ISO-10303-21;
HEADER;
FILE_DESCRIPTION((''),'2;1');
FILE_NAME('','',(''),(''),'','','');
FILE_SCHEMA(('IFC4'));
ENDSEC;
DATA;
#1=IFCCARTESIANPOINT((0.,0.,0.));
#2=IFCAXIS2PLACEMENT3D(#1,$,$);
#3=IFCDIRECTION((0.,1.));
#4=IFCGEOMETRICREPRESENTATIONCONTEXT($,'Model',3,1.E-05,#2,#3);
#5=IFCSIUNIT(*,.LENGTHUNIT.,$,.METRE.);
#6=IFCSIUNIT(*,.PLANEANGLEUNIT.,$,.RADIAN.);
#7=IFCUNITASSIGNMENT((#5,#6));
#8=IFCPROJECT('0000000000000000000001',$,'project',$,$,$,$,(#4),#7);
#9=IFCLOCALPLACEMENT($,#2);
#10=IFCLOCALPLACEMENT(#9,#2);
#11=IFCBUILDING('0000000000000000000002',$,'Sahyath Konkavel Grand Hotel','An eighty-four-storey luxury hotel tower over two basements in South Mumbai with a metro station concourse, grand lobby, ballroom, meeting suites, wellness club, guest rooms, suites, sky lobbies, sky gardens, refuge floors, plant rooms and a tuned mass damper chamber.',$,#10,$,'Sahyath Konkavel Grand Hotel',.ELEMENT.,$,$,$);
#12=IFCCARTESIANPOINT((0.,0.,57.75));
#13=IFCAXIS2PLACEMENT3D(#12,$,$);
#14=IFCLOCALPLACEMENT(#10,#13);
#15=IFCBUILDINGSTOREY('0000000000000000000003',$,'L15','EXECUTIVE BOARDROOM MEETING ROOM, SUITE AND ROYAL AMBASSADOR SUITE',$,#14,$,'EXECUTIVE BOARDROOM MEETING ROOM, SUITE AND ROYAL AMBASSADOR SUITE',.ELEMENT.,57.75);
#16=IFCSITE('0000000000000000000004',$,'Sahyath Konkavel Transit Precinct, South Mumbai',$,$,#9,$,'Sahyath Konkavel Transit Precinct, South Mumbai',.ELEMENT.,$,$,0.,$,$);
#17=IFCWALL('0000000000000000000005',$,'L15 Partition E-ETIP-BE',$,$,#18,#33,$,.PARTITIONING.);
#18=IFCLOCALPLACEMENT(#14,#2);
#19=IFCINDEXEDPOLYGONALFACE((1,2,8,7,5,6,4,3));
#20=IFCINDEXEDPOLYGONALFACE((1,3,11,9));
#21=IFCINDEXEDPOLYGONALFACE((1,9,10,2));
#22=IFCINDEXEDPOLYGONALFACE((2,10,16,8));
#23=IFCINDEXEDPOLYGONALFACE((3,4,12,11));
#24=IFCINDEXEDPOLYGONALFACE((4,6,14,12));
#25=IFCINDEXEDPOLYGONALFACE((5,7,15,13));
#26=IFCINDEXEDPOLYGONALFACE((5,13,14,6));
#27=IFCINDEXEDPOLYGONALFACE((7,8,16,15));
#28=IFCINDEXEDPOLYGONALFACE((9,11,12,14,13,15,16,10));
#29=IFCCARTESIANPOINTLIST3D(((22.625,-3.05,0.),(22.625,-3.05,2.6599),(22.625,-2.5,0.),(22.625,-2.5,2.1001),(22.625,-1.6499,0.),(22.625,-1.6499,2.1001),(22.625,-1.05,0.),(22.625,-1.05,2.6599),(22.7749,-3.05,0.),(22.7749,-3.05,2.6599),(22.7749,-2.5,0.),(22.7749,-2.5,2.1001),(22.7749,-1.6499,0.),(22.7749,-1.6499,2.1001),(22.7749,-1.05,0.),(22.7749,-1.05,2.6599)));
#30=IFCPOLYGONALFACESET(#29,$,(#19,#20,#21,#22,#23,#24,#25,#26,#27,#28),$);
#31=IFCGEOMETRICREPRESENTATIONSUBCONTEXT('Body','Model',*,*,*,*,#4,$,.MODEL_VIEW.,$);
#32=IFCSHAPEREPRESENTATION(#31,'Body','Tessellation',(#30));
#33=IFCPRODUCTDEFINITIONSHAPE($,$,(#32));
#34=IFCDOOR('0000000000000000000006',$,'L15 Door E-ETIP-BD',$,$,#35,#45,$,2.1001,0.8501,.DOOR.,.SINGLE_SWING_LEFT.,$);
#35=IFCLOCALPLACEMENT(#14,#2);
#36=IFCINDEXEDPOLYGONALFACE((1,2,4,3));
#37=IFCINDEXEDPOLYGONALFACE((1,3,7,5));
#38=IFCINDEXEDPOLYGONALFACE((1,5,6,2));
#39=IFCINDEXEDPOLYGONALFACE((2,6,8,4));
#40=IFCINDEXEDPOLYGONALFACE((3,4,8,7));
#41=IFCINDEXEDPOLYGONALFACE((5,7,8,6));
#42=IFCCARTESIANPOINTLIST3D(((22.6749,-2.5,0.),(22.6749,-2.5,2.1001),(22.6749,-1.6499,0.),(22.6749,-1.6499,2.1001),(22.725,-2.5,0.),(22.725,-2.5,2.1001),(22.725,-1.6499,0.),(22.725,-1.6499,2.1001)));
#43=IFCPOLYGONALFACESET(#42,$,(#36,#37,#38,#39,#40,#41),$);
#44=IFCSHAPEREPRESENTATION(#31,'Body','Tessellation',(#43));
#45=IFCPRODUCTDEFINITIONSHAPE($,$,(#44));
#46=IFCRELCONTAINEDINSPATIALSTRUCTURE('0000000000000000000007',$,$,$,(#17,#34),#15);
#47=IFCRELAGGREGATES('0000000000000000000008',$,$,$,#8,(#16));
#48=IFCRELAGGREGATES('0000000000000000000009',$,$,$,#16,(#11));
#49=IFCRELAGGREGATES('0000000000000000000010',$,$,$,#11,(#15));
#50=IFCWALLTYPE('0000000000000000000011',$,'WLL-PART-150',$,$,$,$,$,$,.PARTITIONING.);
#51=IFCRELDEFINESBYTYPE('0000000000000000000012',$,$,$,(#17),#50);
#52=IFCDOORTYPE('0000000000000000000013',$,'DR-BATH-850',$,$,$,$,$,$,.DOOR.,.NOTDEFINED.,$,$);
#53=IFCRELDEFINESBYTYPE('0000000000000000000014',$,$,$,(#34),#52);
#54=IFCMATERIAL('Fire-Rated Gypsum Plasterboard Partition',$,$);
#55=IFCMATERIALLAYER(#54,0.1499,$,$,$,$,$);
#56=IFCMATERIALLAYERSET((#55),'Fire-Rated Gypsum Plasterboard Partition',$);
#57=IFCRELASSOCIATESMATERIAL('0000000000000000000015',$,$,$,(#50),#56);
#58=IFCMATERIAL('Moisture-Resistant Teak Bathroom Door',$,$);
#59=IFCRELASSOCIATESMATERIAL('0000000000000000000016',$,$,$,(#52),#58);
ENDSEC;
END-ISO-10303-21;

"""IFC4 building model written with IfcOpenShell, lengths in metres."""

from ifc_helpers import new_model, si_unit, direction, frame, frame_2d, origin, origin_2d, place, context, subcontext, project, spatial, rectangle, extrude, source, transform, mapped, material, layer, layer_set, type_object, element, fill, save


model = new_model("IFC4")

# Units and contexts
model_context = context("Model", 3, precision=1e-05, world=origin(), true_north=direction((0.0, 1.0)))
body_context = subcontext(model_context, "Body", "Model", "MODEL_VIEW")
ifc_project = project(units=[si_unit("LENGTHUNIT", "METRE"), si_unit("PLANEANGLEUNIT", "RADIAN")], contexts=[model_context])

# Site, building, storey
site_placement = place(None, origin())
site = spatial("IfcSite", under=ifc_project, at=site_placement, Name="Sahyath Konkavel Transit Precinct, South Mumbai", LongName="Sahyath Konkavel Transit Precinct, South Mumbai", CompositionType="ELEMENT", RefElevation=0.0)
building_placement = place(site_placement, origin())
building = spatial("IfcBuilding", under=site, at=building_placement, Name="Sahyath Konkavel Grand Hotel", Description="An eighty-four-storey luxury hotel tower over two basements in South Mumbai with a metro station concourse, grand lobby, ballroom, meeting suites, wellness club, guest rooms, suites, sky lobbies, sky gardens, refuge floors, plant rooms and a tuned mass damper chamber.", LongName="Sahyath Konkavel Grand Hotel", CompositionType="ELEMENT")
storey_placement = place(building_placement, frame((0.0, 0.0, 57.75)))
storey = spatial("IfcBuildingStorey", under=building, at=storey_placement, Name="L15", Description="EXECUTIVE BOARDROOM MEETING ROOM, SUITE AND ROYAL AMBASSADOR SUITE", LongName="EXECUTIVE BOARDROOM MEETING ROOM, SUITE AND ROYAL AMBASSADOR SUITE", CompositionType="ELEMENT", Elevation=57.75)

# Shared definitions
shared_shape_1 = source(origin(), body_context, "Body", "SweptSolid", [
    extrude(rectangle(XDim=0.8501, YDim=0.05, at=origin_2d()), origin(), (0.0, 0.0, 1.0), 2.1001),
])
ifc_material_1 = material(Name="Fire-Rated Gypsum Plasterboard Partition")
ifc_layer_1 = layer(ifc_material_1, 0.1499)
ifc_layer_set_1 = layer_set([ifc_layer_1], Name="Fire-Rated Gypsum Plasterboard Partition")
wall_type_1 = type_object("IfcWallType", Name="WLL-PART-150", PredefinedType="PARTITIONING", material=ifc_layer_set_1)
ifc_material_2 = material(Name="Moisture-Resistant Teak Bathroom Door")
door_type_1 = type_object("IfcDoorType", Name="DR-BATH-850", OperationType="NOTDEFINED", PredefinedType="DOOR", material=ifc_material_2)

# Wall, opening, door
wall_1_placement = place(storey_placement, frame((22.7, -3.05, 0.0), z_axis=(0.0, 0.0, 1.0), x_axis=(0.0, 1.0, 0.0)))
wall_1 = element("IfcWall", 1, at=wall_1_placement, inside=storey, type_object=wall_type_1, Name="L15 Partition E-ETIP-BE", PredefinedType="PARTITIONING", context=body_context, shape_type="SweptSolid", body=[
    extrude(rectangle(XDim=2.0, YDim=0.1499, at=frame_2d((1.0, 0.0))), origin(), (0.0, 0.0, 1.0), 2.6599),
])
opening_1_placement = place(wall_1_placement, frame((0.55, 0.0, 0.0)))
opening_1 = element("IfcOpeningElement", 2, at=opening_1_placement, cuts=wall_1, PredefinedType="OPENING", context=body_context, shape_type="SweptSolid", body=[
    extrude(rectangle(XDim=0.8501, YDim=2.1001, at=frame_2d((0.425, 1.05))), frame((0.0, 0.085, 0.0), z_axis=(0.0, -1.0, 0.0), x_axis=(1.0, 0.0, 0.0)), (0.0, 0.0, 1.0), 0.1699),
])
door_1_placement = place(opening_1_placement, frame((0.425, 0.0, 0.0)))
door_1 = element("IfcDoor", 3, at=door_1_placement, inside=storey, type_object=door_type_1, Name="L15 Door E-ETIP-BD", OperationType="SINGLE_SWING_LEFT", OverallHeight=2.1001, OverallWidth=0.8501, PredefinedType="DOOR", context=body_context, shape_type="MappedRepresentation", body=[
    mapped(shared_shape_1, transform((0.0, 0.0, 0.0), scale=1.0)),
])
fill(opening_1, door_1)

save(model, "model.ifc")
